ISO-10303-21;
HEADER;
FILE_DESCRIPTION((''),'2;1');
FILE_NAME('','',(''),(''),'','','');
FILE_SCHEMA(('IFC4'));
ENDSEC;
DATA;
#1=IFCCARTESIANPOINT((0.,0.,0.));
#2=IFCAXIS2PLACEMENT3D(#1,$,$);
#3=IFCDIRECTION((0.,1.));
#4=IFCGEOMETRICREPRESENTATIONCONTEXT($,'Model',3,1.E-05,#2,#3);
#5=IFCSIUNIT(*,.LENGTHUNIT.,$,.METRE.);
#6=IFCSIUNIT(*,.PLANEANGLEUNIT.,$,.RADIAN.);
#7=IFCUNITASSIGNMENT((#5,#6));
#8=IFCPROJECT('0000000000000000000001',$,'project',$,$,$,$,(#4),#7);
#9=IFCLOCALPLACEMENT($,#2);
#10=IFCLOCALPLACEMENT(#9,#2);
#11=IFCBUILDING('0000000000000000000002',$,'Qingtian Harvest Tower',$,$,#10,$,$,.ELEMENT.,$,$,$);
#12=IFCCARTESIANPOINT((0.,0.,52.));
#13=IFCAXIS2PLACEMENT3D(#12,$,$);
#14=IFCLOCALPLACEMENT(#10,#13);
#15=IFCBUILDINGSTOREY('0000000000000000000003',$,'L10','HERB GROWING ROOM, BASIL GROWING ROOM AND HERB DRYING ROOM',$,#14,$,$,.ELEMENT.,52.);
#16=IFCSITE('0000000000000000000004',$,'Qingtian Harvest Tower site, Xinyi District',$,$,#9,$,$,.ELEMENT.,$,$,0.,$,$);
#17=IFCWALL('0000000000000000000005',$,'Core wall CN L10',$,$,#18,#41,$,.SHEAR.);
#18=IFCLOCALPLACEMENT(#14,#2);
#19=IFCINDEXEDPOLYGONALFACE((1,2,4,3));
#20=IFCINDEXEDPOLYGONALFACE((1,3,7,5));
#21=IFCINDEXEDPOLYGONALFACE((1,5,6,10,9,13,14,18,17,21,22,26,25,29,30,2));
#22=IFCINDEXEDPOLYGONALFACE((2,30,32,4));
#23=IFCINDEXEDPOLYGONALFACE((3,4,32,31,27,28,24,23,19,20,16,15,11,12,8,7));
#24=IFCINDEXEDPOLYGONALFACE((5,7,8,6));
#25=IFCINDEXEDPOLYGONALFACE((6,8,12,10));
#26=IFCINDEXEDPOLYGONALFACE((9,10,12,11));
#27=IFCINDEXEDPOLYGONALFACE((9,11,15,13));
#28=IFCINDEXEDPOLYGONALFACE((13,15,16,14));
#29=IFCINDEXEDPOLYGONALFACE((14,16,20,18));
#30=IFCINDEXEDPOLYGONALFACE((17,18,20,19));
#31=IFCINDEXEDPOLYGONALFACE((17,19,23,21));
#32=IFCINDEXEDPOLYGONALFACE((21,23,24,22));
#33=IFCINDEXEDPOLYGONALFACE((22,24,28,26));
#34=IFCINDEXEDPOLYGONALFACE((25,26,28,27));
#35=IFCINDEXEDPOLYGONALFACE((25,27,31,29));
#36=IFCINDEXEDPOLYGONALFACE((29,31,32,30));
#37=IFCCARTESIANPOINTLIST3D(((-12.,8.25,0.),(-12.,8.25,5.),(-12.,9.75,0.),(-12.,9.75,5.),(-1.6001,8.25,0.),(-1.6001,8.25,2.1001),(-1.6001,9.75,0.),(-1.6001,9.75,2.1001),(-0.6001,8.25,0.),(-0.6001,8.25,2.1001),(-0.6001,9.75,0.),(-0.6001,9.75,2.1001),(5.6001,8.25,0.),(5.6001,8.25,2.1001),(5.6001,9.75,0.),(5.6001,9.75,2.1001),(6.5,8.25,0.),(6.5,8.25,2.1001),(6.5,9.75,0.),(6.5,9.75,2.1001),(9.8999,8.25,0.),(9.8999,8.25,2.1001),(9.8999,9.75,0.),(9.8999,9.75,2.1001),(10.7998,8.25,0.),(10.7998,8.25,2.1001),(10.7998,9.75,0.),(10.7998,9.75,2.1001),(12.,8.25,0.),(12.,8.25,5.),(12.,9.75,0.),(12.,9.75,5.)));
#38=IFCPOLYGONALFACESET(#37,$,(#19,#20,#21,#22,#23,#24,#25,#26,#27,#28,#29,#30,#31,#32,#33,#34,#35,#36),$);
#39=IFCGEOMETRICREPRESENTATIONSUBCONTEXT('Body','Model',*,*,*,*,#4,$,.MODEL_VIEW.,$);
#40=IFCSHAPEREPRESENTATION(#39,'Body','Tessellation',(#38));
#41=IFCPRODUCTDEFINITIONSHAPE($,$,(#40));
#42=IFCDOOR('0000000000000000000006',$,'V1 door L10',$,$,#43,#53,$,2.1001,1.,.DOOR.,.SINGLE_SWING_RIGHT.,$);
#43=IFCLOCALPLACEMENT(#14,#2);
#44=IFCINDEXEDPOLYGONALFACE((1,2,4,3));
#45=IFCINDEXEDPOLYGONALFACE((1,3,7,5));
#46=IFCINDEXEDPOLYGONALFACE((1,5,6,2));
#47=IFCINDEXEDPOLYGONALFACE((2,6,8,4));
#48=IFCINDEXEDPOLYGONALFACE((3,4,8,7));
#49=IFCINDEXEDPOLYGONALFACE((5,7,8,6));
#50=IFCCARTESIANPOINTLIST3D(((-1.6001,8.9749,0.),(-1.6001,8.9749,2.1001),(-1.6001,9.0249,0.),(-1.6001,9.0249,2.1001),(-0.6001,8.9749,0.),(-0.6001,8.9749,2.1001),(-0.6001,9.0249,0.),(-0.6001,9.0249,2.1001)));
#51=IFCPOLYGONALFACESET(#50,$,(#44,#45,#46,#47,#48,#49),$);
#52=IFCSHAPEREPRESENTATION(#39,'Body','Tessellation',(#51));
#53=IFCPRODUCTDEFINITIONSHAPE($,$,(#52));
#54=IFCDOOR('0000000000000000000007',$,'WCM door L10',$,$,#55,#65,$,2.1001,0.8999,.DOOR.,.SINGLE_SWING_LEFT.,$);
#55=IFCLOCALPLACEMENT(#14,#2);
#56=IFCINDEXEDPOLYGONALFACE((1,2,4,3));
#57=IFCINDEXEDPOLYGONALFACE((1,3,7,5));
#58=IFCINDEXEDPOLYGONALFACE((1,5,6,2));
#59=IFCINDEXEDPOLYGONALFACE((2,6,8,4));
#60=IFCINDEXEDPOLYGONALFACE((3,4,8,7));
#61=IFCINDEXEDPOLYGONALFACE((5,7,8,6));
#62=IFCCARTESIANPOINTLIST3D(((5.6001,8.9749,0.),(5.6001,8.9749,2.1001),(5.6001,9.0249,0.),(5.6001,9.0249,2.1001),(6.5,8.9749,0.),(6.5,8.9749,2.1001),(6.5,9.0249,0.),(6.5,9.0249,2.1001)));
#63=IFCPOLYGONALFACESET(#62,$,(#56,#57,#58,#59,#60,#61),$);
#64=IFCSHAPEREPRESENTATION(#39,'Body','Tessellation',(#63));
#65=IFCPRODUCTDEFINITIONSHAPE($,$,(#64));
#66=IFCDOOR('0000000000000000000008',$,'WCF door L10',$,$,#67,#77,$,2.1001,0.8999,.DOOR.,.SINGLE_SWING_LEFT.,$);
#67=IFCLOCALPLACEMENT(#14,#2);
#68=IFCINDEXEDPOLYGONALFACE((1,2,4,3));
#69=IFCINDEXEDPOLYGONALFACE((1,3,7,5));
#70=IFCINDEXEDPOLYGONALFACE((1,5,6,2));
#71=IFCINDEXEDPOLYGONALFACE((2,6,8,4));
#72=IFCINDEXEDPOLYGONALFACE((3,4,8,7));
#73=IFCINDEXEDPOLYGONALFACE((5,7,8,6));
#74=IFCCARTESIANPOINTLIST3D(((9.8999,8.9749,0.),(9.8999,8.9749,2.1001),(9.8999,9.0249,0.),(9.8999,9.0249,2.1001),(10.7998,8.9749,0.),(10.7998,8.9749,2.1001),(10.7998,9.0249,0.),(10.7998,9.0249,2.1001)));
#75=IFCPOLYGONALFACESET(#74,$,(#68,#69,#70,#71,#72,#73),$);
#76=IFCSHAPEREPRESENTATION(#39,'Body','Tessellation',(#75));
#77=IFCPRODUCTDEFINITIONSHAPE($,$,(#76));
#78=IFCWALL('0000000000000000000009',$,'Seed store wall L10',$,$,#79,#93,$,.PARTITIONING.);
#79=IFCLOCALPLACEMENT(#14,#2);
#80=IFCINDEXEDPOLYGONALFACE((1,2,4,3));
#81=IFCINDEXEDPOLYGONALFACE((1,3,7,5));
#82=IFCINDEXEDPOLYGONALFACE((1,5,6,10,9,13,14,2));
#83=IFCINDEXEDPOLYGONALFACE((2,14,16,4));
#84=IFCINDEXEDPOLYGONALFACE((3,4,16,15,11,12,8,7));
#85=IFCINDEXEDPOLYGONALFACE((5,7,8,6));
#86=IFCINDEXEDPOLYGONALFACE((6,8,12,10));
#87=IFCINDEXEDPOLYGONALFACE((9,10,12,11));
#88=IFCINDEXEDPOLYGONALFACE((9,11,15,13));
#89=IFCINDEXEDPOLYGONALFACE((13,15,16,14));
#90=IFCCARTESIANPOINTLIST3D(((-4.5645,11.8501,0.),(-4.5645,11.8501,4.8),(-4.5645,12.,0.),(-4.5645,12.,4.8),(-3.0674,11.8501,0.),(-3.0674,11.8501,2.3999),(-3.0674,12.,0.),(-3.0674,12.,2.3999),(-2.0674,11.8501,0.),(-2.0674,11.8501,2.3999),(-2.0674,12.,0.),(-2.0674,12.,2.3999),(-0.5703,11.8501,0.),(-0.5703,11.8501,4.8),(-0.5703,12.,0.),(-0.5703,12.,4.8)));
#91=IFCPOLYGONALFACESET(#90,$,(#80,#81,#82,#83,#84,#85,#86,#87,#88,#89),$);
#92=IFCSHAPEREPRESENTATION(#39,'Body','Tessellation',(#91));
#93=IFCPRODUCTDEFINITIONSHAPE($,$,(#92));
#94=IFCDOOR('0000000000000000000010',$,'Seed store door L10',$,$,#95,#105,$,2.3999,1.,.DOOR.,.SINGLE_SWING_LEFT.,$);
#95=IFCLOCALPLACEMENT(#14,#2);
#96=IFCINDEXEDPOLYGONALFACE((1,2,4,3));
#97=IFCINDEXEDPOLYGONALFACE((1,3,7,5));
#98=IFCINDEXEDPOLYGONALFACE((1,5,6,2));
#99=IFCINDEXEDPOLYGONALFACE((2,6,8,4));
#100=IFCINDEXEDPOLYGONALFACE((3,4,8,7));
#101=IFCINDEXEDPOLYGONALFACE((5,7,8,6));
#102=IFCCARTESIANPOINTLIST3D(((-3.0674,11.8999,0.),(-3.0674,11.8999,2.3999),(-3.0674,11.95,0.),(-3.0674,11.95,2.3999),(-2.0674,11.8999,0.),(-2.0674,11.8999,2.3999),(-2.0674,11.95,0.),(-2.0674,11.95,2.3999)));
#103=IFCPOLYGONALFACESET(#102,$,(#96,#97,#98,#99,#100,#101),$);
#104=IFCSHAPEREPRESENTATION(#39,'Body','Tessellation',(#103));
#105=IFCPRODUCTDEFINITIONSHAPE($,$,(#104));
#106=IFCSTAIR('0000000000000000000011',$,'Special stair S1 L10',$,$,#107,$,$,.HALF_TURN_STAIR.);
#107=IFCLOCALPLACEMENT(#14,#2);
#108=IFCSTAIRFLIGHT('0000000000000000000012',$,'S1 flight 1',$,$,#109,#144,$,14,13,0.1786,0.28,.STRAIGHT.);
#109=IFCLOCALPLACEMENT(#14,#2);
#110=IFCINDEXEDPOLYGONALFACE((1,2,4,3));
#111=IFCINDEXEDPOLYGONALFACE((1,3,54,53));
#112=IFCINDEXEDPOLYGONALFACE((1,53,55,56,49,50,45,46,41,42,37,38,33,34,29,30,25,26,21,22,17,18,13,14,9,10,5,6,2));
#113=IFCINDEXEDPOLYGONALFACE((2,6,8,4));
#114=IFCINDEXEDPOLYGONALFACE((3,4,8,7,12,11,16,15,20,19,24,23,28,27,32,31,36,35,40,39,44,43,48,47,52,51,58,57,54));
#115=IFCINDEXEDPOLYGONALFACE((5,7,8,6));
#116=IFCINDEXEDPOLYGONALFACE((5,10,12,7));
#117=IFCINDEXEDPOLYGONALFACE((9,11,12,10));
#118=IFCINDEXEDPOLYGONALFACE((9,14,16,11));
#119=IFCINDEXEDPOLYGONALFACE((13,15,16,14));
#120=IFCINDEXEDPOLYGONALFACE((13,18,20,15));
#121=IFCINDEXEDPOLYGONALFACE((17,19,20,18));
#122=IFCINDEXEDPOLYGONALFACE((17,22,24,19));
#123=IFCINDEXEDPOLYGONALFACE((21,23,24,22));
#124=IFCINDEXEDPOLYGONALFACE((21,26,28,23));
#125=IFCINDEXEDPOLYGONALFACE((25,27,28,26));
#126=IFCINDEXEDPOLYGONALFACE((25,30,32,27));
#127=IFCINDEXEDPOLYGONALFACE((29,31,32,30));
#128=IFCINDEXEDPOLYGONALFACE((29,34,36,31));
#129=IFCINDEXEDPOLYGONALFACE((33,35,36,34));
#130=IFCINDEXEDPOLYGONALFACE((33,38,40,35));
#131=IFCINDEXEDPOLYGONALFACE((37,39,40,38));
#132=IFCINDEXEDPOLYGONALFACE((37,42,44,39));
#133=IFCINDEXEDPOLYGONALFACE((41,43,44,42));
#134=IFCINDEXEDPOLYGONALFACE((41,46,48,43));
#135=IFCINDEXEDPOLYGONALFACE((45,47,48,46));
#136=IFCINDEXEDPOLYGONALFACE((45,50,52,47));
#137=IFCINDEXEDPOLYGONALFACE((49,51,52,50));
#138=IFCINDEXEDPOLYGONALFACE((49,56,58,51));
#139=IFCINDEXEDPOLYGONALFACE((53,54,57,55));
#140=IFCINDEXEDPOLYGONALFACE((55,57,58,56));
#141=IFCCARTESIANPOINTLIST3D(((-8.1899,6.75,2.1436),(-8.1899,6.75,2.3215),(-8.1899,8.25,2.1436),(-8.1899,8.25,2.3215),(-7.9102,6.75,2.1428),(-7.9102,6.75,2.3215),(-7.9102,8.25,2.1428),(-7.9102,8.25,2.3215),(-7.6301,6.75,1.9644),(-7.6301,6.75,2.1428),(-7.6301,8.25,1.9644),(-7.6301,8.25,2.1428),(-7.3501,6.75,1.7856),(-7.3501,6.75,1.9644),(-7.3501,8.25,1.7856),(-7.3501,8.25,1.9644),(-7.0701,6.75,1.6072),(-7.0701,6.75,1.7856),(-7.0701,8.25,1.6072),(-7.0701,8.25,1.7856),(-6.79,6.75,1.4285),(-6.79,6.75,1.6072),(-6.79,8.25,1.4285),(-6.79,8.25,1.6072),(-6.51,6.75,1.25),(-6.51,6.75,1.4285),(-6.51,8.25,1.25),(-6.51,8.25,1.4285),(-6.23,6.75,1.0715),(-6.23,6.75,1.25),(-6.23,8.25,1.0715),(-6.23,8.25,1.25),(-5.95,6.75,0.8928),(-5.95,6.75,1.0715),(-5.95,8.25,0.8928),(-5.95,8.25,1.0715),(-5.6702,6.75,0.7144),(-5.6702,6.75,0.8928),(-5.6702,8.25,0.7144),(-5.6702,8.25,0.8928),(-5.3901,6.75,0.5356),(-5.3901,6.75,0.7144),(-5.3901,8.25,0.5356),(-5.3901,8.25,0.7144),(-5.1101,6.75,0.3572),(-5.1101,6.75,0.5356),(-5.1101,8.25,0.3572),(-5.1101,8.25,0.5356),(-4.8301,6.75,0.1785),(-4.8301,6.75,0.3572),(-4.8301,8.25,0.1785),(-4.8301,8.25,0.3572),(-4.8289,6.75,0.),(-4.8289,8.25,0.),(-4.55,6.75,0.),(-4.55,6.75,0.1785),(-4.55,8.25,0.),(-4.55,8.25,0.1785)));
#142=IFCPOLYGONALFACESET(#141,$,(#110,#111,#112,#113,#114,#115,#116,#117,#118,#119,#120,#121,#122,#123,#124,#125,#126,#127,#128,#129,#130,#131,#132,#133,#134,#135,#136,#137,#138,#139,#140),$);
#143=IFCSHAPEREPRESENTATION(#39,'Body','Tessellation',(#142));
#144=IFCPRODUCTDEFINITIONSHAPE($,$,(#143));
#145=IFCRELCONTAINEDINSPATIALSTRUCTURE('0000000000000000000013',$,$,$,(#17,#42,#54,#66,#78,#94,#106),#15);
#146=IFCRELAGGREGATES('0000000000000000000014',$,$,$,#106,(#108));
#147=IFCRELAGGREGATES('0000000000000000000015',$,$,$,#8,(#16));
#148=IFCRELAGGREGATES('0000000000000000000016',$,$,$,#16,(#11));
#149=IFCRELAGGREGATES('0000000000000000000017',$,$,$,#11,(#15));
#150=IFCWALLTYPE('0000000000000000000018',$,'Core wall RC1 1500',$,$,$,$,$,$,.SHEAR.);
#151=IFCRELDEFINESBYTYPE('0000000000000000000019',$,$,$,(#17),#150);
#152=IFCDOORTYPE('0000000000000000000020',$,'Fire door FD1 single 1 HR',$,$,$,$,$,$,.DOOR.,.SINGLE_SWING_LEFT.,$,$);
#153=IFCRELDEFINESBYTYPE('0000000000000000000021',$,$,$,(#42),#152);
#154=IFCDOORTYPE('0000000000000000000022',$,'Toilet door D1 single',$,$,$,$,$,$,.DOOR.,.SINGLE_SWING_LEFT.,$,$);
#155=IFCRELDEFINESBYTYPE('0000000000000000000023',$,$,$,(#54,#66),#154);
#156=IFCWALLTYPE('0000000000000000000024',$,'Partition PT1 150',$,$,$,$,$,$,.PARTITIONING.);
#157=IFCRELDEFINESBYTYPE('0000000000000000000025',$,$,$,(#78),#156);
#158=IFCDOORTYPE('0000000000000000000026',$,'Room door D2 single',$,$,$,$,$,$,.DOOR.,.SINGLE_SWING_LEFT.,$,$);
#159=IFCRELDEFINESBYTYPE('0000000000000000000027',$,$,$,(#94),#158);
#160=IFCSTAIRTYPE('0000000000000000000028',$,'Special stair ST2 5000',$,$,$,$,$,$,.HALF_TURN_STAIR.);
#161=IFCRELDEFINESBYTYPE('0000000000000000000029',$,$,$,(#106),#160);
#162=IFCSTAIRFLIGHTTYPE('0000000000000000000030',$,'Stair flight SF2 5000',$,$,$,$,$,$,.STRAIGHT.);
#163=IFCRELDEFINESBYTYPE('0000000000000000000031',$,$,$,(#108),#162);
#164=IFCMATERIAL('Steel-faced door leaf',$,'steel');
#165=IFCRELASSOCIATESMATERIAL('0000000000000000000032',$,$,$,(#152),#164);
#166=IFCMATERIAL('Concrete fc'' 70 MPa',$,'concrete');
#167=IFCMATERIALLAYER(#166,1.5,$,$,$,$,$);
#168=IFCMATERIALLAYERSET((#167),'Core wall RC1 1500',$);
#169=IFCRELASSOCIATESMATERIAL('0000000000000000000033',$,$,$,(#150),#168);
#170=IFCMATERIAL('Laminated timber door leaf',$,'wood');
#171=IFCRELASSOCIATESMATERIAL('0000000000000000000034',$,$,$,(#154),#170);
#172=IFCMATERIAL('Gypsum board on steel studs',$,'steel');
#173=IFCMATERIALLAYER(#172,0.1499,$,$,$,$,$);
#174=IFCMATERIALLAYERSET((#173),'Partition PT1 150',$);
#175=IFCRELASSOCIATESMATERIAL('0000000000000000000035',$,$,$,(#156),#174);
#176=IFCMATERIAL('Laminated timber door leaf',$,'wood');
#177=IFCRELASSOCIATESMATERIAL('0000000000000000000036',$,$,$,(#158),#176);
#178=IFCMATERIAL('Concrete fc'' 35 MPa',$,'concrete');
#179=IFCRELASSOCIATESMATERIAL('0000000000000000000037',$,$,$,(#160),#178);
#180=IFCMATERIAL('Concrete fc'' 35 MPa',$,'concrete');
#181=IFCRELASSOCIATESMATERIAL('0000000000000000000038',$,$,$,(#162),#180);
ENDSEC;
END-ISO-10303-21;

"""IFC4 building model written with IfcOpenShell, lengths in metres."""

from ifc_helpers import new_model, si_unit, direction, frame, frame_2d, origin, place, context, subcontext, project, spatial, polyline, rectangle, outline, extrude, material, layer, layer_set, type_object, element, fill, aggregate, save


model = new_model("IFC4")

# Units and contexts
model_context = context("Model", 3, precision=1e-05, world=origin(), true_north=direction((0.0, 1.0)))
body_context = subcontext(model_context, "Body", "Model", "MODEL_VIEW")
ifc_project = project(units=[si_unit("LENGTHUNIT", "METRE"), si_unit("PLANEANGLEUNIT", "RADIAN")], contexts=[model_context])

# Site, building, storey
site_placement = place(None, origin())
site = spatial("IfcSite", under=ifc_project, at=site_placement, Name="Qingtian Harvest Tower site, Xinyi District", CompositionType="ELEMENT", RefElevation=0.0)
building_placement = place(site_placement, origin())
building = spatial("IfcBuilding", under=site, at=building_placement, Name="Qingtian Harvest Tower", CompositionType="ELEMENT")
storey_placement = place(building_placement, frame((0.0, 0.0, 52.0)))
storey = spatial("IfcBuildingStorey", under=building, at=storey_placement, Name="L10", Description="HERB GROWING ROOM, BASIL GROWING ROOM AND HERB DRYING ROOM", CompositionType="ELEMENT", Elevation=52.0)

# Shared definitions
ifc_material_1 = material(Name="Steel-faced door leaf", Category="steel")
door_type_1 = type_object("IfcDoorType", Name="Fire door FD1 single 1 HR", OperationType="SINGLE_SWING_LEFT", PredefinedType="DOOR", material=ifc_material_1)

# Wall, openings, doors
ifc_material_2 = material(Name="Concrete fc' 70 MPa", Category="concrete")
ifc_layer_1 = layer(ifc_material_2, 1.5)
ifc_layer_set_1 = layer_set([ifc_layer_1], Name="Core wall RC1 1500")
wall_type_1 = type_object("IfcWallType", Name="Core wall RC1 1500", PredefinedType="SHEAR", material=ifc_layer_set_1)
wall_1_placement = place(storey_placement, frame((-12.0, 9.0, 0.0), z_axis=(0.0, 0.0, 1.0), x_axis=(1.0, 0.0, 0.0)))
wall_1 = element("IfcWall", 1, at=wall_1_placement, inside=storey, type_object=wall_type_1, Name="Core wall CN L10", PredefinedType="SHEAR", context=body_context, shape_type="SweptSolid", body=[
    extrude(rectangle(XDim=24.0, YDim=1.5, at=frame_2d((12.0, 0.0))), origin(), (0.0, 0.0, 1.0), 5.0),
])
opening_1_placement = place(wall_1_placement, frame((10.3999, 0.0, 0.0)))
opening_1 = element("IfcOpeningElement", 2, at=opening_1_placement, cuts=wall_1, PredefinedType="OPENING", context=body_context, shape_type="SweptSolid", body=[
    extrude(rectangle(XDim=1.0, YDim=2.1001, at=frame_2d((0.5, 1.05))), frame((0.0, 0.76, 0.0), z_axis=(0.0, -1.0, 0.0), x_axis=(1.0, 0.0, 0.0)), (0.0, 0.0, 1.0), 1.52),
])
opening_2_placement = place(wall_1_placement, frame((17.6001, 0.0, 0.0)))
opening_2 = element("IfcOpeningElement", 3, at=opening_2_placement, cuts=wall_1, PredefinedType="OPENING", context=body_context, shape_type="SweptSolid", body=[
    extrude(rectangle(XDim=0.8999, YDim=2.1001, at=frame_2d((0.45, 1.05))), frame((0.0, 0.76, 0.0), z_axis=(0.0, -1.0, 0.0), x_axis=(1.0, 0.0, 0.0)), (0.0, 0.0, 1.0), 1.52),
])
opening_3_placement = place(wall_1_placement, frame((21.8999, 0.0, 0.0)))
opening_3 = element("IfcOpeningElement", 4, at=opening_3_placement, cuts=wall_1, PredefinedType="OPENING", context=body_context, shape_type="SweptSolid", body=[
    extrude(rectangle(XDim=0.8999, YDim=2.1001, at=frame_2d((0.45, 1.05))), frame((0.0, 0.76, 0.0), z_axis=(0.0, -1.0, 0.0), x_axis=(1.0, 0.0, 0.0)), (0.0, 0.0, 1.0), 1.52),
])
door_1_placement = place(opening_1_placement, origin())
door_1 = element("IfcDoor", 5, at=door_1_placement, inside=storey, type_object=door_type_1, Name="V1 door L10", OperationType="SINGLE_SWING_RIGHT", OverallHeight=2.1001, OverallWidth=1.0, PredefinedType="DOOR", context=body_context, shape_type="SweptSolid", body=[
    extrude(rectangle(XDim=1.0, YDim=2.1001, at=frame_2d((0.5, 1.05))), frame((0.0, 0.0249, 0.0), z_axis=(0.0, -1.0, 0.0), x_axis=(1.0, 0.0, 0.0)), (0.0, 0.0, 1.0), 0.05),
])
fill(opening_1, door_1)
ifc_material_3 = material(Name="Laminated timber door leaf", Category="wood")
door_type_2 = type_object("IfcDoorType", Name="Toilet door D1 single", OperationType="SINGLE_SWING_LEFT", PredefinedType="DOOR", material=ifc_material_3)
door_2_placement = place(opening_2_placement, origin())
door_2 = element("IfcDoor", 6, at=door_2_placement, inside=storey, type_object=door_type_2, Name="WCM door L10", OperationType="SINGLE_SWING_LEFT", OverallHeight=2.1001, OverallWidth=0.8999, PredefinedType="DOOR", context=body_context, shape_type="SweptSolid", body=[
    extrude(rectangle(XDim=0.8999, YDim=2.1001, at=frame_2d((0.45, 1.05))), frame((0.0, 0.0249, 0.0), z_axis=(0.0, -1.0, 0.0), x_axis=(1.0, 0.0, 0.0)), (0.0, 0.0, 1.0), 0.05),
])
fill(opening_2, door_2)
door_3_placement = place(opening_3_placement, origin())
door_3 = element("IfcDoor", 7, at=door_3_placement, inside=storey, type_object=door_type_2, Name="WCF door L10", OperationType="SINGLE_SWING_LEFT", OverallHeight=2.1001, OverallWidth=0.8999, PredefinedType="DOOR", context=body_context, shape_type="SweptSolid", body=[
    extrude(rectangle(XDim=0.8999, YDim=2.1001, at=frame_2d((0.45, 1.05))), frame((0.0, 0.0249, 0.0), z_axis=(0.0, -1.0, 0.0), x_axis=(1.0, 0.0, 0.0)), (0.0, 0.0, 1.0), 0.05),
])
fill(opening_3, door_3)

# Wall, opening, door
ifc_material_4 = material(Name="Gypsum board on steel studs", Category="steel")
ifc_layer_2 = layer(ifc_material_4, 0.1499)
ifc_layer_set_2 = layer_set([ifc_layer_2], Name="Partition PT1 150")
wall_type_2 = type_object("IfcWallType", Name="Partition PT1 150", PredefinedType="PARTITIONING", material=ifc_layer_set_2)
wall_2_placement = place(storey_placement, frame((-4.5645, 11.925, 0.0), z_axis=(0.0, 0.0, 1.0), x_axis=(1.0, 0.0, 0.0)))
wall_2 = element("IfcWall", 8, at=wall_2_placement, inside=storey, type_object=wall_type_2, Name="Seed store wall L10", PredefinedType="PARTITIONING", context=body_context, shape_type="SweptSolid", body=[
    extrude(rectangle(XDim=3.9941, YDim=0.1499, at=frame_2d((1.9971, 0.0))), origin(), (0.0, 0.0, 1.0), 4.8),
])
opening_4_placement = place(wall_2_placement, frame((1.4971, 0.0, 0.0)))
opening_4 = element("IfcOpeningElement", 9, at=opening_4_placement, cuts=wall_2, PredefinedType="OPENING", context=body_context, shape_type="SweptSolid", body=[
    extrude(rectangle(XDim=1.0, YDim=2.3999, at=frame_2d((0.5, 1.2))), frame((0.0, 0.085, 0.0), z_axis=(0.0, -1.0, 0.0), x_axis=(1.0, 0.0, 0.0)), (0.0, 0.0, 1.0), 0.1699),
])
ifc_material_5 = material(Name="Laminated timber door leaf", Category="wood")
door_type_3 = type_object("IfcDoorType", Name="Room door D2 single", OperationType="SINGLE_SWING_LEFT", PredefinedType="DOOR", material=ifc_material_5)
door_4_placement = place(opening_4_placement, origin())
door_4 = element("IfcDoor", 10, at=door_4_placement, inside=storey, type_object=door_type_3, Name="Seed store door L10", OperationType="SINGLE_SWING_LEFT", OverallHeight=2.3999, OverallWidth=1.0, PredefinedType="DOOR", context=body_context, shape_type="SweptSolid", body=[
    extrude(rectangle(XDim=1.0, YDim=2.3999, at=frame_2d((0.5, 1.2))), frame((0.0, 0.0249, 0.0), z_axis=(0.0, -1.0, 0.0), x_axis=(1.0, 0.0, 0.0)), (0.0, 0.0, 1.0), 0.05),
])
fill(opening_4, door_4)

# Stair, stair flight
ifc_material_6 = material(Name="Concrete fc' 35 MPa", Category="concrete")
stair_type = type_object("IfcStairType", Name="Special stair ST2 5000", PredefinedType="HALF_TURN_STAIR", material=ifc_material_6)
stair_placement = place(storey_placement, origin())
stair = element("IfcStair", 11, at=stair_placement, inside=storey, type_object=stair_type, Name="Special stair S1 L10", PredefinedType="HALF_TURN_STAIR")
ifc_material_7 = material(Name="Concrete fc' 35 MPa", Category="concrete")
stair_flight_type = type_object("IfcStairFlightType", Name="Stair flight SF2 5000", PredefinedType="STRAIGHT", material=ifc_material_7)
stair_flight_1_placement = place(storey_placement, frame((-4.55, 7.5, 0.0), z_axis=(0.0, 0.0, 1.0), x_axis=(-1.0, 0.0, 0.0)))
stair_flight_1 = element("IfcStairFlight", 12, at=stair_flight_1_placement, type_object=stair_flight_type, Name="S1 flight 1", NumberOfRisers=14, NumberOfTreads=13, PredefinedType="STRAIGHT", RiserHeight=0.1786, TreadLength=0.28, context=body_context, shape_type="SweptSolid", body=[
    extrude(outline(polyline([(0.0, 0.0), (0.0, 0.1785), (0.28, 0.1785), (0.28, 0.3572), (0.5601, 0.3572), (0.5601, 0.5356), (0.8401, 0.5356), (0.8401, 0.7144), (1.1201, 0.7144), (1.1201, 0.8928), (1.3999, 0.8928), (1.3999, 1.0715), (1.6799, 1.0715), (1.6799, 1.25), (1.96, 1.25), (1.96, 1.4285), (2.24, 1.4285), (2.24, 1.6072), (2.52, 1.6072), (2.52, 1.7856), (2.8, 1.7856), (2.8, 1.9644), (3.0801, 1.9644), (3.0801, 2.1428), (3.3601, 2.1428), (3.3601, 2.3215), (3.6399, 2.3215), (3.6399, 2.5), (3.6399, 2.1436), (0.2788, 0.0), (0.0, 0.0)])), frame((0.0, 0.75, 0.0), z_axis=(0.0, -1.0, 0.0), x_axis=(1.0, 0.0, 0.0)), (0.0, 0.0, 1.0), 1.5),
])
aggregate(stair, [stair_flight_1])

save(model, "model.ifc")
